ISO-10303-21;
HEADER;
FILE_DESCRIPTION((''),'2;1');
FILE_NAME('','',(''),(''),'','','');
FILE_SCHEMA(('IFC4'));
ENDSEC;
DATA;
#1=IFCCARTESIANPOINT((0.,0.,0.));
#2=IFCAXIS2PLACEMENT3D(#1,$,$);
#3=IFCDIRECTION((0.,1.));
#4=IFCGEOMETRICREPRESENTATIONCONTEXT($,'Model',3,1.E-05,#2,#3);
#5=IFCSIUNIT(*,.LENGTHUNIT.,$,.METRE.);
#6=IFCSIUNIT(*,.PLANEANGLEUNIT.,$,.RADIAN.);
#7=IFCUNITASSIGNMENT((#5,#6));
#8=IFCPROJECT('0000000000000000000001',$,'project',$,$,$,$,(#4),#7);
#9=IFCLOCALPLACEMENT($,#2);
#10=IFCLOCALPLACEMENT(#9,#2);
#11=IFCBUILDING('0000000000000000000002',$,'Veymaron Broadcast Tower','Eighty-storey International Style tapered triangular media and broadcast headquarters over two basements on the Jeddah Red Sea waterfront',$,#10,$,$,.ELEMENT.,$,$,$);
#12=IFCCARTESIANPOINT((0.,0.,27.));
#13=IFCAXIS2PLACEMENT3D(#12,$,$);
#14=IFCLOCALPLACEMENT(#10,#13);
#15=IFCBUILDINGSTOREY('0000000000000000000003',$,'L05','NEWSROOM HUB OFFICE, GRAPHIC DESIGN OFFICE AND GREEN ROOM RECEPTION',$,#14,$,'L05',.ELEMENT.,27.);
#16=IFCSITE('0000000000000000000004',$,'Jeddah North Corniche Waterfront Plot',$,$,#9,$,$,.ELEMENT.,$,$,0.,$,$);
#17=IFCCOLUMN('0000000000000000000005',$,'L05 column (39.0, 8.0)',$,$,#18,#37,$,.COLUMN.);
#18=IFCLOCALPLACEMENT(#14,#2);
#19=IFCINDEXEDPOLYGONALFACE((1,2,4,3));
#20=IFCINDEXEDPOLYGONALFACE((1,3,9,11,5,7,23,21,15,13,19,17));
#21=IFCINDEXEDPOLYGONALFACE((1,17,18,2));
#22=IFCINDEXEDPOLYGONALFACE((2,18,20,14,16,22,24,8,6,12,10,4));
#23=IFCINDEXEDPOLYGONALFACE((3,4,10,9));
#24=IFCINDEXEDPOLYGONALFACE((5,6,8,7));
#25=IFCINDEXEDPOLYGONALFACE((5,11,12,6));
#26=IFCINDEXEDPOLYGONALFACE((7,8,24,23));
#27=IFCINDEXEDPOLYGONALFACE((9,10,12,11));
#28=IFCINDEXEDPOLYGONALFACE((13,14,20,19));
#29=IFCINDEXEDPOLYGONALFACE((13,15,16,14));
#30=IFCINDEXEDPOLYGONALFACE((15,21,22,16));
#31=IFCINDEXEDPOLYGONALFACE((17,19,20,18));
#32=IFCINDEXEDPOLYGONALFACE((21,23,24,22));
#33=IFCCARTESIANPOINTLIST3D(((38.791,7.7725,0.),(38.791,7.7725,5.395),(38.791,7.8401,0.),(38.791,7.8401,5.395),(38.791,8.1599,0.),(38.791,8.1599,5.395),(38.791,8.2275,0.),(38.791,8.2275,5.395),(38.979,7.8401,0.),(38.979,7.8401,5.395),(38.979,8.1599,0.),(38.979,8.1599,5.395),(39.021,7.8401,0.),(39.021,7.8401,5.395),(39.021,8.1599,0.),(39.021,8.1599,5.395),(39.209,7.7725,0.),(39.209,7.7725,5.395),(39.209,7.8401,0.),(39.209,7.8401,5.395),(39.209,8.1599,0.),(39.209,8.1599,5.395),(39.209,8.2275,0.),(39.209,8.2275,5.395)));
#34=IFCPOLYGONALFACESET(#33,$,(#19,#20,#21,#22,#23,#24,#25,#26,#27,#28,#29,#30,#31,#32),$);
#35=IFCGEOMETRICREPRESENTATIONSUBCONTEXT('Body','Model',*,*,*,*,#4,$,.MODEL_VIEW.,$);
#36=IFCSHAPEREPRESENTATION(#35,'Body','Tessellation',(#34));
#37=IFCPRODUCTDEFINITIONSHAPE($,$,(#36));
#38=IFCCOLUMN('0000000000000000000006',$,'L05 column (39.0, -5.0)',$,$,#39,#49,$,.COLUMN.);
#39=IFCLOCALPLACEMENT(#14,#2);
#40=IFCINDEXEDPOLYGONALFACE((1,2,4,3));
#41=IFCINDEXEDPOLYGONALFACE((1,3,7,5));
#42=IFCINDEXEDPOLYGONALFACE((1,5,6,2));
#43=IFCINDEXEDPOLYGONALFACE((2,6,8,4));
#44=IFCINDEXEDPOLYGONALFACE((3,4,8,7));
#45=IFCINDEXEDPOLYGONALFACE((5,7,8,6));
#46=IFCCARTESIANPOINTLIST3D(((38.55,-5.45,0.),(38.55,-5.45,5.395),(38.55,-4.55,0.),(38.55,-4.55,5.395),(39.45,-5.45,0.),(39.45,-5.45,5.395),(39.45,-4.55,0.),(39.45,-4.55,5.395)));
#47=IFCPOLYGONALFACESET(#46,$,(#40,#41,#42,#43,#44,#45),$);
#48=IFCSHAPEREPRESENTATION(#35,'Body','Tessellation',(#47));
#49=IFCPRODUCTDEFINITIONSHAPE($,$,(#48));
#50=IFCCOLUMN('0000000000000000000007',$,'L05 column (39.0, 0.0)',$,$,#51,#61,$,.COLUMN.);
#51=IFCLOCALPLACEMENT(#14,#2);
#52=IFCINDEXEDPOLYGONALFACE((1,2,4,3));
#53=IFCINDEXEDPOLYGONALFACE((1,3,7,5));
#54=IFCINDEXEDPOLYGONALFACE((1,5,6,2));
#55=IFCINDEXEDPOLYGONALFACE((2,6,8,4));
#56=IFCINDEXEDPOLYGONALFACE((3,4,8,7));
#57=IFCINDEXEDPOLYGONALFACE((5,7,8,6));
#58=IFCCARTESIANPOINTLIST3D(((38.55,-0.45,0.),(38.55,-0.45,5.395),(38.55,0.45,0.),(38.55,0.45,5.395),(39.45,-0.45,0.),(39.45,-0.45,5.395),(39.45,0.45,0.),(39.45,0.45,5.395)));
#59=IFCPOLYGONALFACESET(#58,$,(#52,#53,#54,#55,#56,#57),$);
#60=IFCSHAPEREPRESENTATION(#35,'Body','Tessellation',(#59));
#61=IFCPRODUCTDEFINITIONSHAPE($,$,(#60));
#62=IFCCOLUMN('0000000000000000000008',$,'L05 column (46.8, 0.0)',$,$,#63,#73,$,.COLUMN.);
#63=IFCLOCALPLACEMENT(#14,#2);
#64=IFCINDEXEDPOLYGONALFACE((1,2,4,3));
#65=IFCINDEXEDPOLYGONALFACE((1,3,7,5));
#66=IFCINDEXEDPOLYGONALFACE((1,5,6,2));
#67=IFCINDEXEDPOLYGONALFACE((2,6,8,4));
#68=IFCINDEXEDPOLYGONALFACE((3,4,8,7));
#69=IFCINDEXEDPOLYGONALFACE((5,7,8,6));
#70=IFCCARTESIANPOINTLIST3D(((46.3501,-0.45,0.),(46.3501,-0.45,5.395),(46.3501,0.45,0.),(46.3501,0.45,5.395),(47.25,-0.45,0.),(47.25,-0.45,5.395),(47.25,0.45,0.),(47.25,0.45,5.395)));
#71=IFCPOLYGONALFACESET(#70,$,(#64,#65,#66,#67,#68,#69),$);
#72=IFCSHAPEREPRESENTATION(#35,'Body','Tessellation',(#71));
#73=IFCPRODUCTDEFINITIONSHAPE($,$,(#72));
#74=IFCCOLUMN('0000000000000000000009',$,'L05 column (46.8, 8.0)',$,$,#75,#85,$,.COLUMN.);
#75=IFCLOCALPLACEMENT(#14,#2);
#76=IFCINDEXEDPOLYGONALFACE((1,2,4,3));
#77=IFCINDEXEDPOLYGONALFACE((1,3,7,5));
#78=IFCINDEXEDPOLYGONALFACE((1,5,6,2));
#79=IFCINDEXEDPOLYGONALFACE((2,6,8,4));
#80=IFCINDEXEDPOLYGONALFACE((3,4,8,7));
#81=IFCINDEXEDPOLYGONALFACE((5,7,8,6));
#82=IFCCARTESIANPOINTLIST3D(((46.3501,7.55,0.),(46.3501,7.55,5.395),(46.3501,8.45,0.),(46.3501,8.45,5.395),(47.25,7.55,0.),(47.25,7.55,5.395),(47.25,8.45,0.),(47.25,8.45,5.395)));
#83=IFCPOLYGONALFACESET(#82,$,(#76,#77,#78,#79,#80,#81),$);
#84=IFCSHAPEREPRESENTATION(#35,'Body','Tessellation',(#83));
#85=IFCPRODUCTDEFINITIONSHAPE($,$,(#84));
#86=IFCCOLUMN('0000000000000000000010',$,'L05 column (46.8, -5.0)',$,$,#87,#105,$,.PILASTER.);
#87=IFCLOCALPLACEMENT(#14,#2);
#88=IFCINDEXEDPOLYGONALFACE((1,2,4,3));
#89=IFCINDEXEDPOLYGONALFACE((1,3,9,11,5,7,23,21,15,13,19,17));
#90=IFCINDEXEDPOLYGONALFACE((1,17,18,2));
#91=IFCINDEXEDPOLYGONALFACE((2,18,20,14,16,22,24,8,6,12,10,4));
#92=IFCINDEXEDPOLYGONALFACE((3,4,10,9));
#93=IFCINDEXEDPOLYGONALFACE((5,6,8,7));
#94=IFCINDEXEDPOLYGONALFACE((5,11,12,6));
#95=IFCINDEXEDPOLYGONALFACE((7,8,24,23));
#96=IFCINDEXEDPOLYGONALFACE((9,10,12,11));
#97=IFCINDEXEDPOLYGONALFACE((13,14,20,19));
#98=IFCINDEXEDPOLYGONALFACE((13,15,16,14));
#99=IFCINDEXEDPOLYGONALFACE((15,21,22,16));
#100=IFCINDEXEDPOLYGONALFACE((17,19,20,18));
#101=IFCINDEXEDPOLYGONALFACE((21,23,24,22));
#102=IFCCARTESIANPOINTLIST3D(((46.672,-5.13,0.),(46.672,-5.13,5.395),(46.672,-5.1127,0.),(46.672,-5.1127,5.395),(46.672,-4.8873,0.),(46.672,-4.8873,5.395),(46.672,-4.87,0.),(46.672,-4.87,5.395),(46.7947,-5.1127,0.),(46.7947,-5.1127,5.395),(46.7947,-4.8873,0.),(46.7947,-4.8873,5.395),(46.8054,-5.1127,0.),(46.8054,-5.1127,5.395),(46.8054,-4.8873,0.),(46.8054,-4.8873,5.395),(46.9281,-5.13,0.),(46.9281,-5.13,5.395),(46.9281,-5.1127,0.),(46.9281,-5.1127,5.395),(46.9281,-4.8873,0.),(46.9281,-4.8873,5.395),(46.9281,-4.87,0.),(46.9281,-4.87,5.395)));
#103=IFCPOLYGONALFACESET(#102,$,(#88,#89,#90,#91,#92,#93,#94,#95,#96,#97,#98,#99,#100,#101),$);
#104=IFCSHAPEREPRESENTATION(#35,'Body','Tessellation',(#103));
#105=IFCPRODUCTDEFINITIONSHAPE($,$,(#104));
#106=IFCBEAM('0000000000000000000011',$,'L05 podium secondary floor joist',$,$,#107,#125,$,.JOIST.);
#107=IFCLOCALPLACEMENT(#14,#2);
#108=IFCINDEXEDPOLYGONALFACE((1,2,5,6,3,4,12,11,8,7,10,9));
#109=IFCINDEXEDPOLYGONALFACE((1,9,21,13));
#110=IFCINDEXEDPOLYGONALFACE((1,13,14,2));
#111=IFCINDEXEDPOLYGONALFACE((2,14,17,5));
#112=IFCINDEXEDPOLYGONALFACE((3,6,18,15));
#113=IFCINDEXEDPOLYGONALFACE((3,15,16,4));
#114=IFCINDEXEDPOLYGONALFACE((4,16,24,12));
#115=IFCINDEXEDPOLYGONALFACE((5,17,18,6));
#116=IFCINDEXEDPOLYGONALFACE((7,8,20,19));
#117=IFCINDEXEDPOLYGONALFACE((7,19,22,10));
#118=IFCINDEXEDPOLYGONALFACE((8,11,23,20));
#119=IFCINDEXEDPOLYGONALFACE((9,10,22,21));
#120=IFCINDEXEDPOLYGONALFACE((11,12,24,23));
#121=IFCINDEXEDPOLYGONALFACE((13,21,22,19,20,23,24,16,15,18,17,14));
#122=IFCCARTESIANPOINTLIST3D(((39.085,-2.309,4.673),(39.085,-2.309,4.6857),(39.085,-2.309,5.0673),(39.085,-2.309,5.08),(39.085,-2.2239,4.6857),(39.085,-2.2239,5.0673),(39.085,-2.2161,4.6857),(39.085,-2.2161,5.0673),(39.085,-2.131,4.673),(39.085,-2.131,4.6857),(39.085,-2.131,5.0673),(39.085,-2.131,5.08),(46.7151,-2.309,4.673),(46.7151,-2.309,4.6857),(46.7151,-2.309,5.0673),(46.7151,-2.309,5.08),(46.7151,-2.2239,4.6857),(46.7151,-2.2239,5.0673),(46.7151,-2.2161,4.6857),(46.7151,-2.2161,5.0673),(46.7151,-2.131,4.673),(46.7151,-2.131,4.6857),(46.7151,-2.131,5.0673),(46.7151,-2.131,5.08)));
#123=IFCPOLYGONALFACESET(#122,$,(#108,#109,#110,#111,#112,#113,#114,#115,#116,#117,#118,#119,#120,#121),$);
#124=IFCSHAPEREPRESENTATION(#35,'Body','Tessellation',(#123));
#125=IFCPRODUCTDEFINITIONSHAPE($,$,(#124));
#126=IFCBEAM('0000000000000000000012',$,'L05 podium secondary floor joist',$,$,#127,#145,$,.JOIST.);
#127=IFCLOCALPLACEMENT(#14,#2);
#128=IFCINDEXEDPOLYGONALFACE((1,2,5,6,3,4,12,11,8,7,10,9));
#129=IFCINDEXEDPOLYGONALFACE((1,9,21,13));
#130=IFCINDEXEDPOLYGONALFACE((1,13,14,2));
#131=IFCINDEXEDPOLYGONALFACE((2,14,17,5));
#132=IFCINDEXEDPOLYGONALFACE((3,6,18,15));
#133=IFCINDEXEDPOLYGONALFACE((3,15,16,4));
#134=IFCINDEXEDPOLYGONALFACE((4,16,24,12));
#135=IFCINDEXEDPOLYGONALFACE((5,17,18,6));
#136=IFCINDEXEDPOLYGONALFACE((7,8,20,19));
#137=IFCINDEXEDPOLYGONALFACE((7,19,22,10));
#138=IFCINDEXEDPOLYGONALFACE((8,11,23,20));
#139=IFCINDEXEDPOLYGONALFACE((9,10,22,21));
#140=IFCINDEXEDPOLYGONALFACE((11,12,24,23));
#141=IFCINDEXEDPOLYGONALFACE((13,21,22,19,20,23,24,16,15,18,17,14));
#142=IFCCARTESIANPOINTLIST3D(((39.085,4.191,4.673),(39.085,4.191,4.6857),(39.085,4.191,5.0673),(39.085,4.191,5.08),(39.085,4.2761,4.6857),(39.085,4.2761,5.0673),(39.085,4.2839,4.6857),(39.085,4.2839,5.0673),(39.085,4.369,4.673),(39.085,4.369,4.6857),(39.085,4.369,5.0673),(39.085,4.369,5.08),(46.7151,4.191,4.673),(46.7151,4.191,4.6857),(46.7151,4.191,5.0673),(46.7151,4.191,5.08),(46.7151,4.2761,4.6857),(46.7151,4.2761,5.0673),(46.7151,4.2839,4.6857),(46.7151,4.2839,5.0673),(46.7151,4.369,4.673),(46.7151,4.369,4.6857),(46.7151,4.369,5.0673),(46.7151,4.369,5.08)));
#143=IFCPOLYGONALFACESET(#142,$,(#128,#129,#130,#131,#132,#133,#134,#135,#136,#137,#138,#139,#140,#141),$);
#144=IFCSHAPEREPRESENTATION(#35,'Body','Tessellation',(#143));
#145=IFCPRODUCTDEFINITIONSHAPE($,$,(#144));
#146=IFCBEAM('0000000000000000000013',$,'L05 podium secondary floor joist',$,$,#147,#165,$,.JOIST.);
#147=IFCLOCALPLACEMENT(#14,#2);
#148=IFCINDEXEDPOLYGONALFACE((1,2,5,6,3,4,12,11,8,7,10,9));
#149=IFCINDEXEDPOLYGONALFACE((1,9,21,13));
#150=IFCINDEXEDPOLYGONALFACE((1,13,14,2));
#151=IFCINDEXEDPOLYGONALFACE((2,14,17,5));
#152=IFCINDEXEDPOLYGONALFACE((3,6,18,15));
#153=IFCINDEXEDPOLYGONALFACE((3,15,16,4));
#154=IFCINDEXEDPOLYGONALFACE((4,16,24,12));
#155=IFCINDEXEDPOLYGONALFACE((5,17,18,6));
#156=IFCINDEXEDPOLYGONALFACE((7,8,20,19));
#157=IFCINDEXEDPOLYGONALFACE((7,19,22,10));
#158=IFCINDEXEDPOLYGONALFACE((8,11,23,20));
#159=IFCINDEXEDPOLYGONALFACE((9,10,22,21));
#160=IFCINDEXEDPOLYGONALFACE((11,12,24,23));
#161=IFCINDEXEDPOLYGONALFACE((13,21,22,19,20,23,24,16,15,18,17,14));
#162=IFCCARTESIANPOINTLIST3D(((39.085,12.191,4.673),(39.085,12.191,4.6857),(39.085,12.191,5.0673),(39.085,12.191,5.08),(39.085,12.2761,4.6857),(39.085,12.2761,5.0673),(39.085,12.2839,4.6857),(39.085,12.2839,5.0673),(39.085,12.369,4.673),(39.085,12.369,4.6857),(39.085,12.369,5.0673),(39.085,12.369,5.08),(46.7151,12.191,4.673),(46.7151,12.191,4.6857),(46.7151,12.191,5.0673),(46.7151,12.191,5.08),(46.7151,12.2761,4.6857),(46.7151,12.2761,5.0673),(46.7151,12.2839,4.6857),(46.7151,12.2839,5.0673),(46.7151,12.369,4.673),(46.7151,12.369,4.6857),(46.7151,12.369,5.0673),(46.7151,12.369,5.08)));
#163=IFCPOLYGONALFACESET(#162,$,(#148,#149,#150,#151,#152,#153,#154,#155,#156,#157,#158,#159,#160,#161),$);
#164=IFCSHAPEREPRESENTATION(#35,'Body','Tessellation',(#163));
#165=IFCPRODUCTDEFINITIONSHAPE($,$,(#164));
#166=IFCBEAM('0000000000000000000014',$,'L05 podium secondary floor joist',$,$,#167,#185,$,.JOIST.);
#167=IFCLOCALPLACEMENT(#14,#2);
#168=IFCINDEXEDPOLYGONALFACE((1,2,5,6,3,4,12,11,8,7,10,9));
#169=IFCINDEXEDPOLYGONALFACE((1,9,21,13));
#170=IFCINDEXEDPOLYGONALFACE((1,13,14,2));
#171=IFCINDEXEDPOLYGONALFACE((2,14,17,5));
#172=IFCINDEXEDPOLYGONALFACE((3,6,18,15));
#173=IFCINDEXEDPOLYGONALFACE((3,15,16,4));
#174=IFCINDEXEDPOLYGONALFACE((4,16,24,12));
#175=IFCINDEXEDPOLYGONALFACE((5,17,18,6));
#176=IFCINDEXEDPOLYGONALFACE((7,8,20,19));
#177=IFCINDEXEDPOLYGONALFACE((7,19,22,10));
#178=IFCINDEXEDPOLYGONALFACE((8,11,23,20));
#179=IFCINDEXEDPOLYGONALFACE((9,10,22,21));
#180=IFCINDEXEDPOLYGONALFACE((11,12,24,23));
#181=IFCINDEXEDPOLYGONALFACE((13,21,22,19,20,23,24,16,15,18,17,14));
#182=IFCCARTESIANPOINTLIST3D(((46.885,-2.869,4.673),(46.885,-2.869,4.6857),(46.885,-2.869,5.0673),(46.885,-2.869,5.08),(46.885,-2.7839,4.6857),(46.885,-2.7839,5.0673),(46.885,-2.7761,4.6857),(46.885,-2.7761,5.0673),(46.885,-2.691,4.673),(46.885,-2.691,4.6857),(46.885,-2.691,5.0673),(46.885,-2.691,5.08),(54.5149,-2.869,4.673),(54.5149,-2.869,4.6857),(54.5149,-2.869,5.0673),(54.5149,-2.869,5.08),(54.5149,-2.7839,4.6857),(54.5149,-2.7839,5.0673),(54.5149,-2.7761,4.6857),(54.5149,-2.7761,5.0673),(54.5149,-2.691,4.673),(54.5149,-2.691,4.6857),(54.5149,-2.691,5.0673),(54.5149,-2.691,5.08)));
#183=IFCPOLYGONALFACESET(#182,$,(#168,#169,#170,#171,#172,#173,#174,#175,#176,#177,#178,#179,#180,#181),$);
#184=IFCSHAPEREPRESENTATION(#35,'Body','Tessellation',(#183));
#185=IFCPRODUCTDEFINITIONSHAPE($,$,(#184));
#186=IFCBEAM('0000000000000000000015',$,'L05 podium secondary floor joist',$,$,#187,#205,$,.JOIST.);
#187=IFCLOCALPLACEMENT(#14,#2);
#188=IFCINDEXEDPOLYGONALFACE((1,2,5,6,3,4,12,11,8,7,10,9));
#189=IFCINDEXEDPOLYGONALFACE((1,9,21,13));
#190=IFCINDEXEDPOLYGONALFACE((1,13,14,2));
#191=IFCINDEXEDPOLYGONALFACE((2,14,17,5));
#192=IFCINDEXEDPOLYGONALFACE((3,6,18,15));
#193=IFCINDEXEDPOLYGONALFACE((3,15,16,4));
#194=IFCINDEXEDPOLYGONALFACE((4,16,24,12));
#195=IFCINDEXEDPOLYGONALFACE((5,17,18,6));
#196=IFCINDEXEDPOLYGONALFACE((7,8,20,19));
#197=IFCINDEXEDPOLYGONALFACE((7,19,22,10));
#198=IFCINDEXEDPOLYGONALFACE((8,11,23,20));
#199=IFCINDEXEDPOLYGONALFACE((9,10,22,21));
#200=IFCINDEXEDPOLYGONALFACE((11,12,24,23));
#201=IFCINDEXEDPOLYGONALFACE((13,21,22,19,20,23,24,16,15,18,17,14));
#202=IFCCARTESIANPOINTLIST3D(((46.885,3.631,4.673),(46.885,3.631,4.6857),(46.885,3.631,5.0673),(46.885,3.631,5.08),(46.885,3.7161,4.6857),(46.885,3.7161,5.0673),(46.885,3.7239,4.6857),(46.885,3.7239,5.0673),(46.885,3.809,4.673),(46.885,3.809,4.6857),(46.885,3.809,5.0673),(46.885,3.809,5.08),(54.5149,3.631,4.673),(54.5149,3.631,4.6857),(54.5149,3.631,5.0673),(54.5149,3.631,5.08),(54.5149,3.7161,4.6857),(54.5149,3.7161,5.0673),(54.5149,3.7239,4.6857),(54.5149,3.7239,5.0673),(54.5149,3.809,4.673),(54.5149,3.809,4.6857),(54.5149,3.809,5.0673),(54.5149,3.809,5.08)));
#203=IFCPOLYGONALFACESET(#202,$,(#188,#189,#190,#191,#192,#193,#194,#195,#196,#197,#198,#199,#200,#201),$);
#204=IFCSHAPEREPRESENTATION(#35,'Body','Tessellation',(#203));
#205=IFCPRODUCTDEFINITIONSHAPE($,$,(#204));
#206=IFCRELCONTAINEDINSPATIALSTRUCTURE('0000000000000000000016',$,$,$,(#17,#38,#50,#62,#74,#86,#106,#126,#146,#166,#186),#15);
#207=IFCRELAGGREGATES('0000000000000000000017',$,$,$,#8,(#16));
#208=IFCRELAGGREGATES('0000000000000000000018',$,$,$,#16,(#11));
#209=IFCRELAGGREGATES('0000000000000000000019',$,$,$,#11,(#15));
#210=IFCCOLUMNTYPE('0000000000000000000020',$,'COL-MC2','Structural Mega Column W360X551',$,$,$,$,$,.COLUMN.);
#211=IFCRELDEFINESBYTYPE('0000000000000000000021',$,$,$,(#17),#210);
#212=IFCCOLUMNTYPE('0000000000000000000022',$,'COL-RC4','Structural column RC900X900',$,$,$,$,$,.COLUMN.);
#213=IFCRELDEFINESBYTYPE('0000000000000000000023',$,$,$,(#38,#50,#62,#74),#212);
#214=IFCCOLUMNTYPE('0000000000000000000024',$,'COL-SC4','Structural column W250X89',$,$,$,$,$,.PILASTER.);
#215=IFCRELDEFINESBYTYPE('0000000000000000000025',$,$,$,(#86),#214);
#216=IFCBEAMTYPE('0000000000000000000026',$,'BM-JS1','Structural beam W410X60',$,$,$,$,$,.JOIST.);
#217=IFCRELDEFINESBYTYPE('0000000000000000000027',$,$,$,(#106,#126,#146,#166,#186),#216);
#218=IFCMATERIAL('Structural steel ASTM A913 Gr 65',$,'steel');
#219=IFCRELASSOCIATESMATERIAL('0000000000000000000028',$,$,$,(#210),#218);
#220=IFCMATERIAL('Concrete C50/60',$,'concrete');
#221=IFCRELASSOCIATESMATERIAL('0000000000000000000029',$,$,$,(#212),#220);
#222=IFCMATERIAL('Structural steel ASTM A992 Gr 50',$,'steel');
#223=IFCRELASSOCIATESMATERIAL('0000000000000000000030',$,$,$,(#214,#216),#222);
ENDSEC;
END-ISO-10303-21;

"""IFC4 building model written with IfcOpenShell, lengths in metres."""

from ifc_helpers import new_model, si_unit, direction, frame, origin, origin_2d, place, context, subcontext, project, spatial, rectangle, i_section, extrude, material, material_profile, profile_set, type_object, element, save


model = new_model("IFC4")

# Units and contexts
model_context = context("Model", 3, precision=1e-05, world=origin(), true_north=direction((0.0, 1.0)))
body_context = subcontext(model_context, "Body", "Model", "MODEL_VIEW")
ifc_project = project(units=[si_unit("LENGTHUNIT", "METRE"), si_unit("PLANEANGLEUNIT", "RADIAN")], contexts=[model_context])

# Site, building, storey
site_placement = place(None, origin())
site = spatial("IfcSite", under=ifc_project, at=site_placement, Name="Jeddah North Corniche Waterfront Plot", CompositionType="ELEMENT", RefElevation=0.0)
building_placement = place(site_placement, origin())
building = spatial("IfcBuilding", under=site, at=building_placement, Name="Veymaron Broadcast Tower", Description="Eighty-storey International Style tapered triangular media and broadcast headquarters over two basements on the Jeddah Red Sea waterfront", CompositionType="ELEMENT")
storey_placement = place(building_placement, frame((0.0, 0.0, 27.0)))
storey = spatial("IfcBuildingStorey", under=building, at=storey_placement, Name="L05", Description="NEWSROOM HUB OFFICE, GRAPHIC DESIGN OFFICE AND GREEN ROOM RECEPTION", LongName="L05", CompositionType="ELEMENT", Elevation=27.0)

# Columns
ifc_material_1 = material(Name="Structural steel ASTM A913 Gr 65", Category="steel")
ifc_material_profile_1 = material_profile(ifc_material_1, i_section(OverallWidth=0.418, OverallDepth=0.4551, WebThickness=0.042, FlangeThickness=0.0676, at=origin_2d()), Name="W360X551")
ifc_profile_set_1 = profile_set([ifc_material_profile_1], Name="Structural steel ASTM A913 Gr 65")
column_type_1 = type_object("IfcColumnType", Name="COL-MC2", Description="Structural Mega Column W360X551", PredefinedType="COLUMN", material=ifc_profile_set_1)
column_1_placement = place(storey_placement, frame((39.0, 8.0, 0.0), z_axis=(0.0, 0.0, 1.0), x_axis=(1.0, 0.0, 0.0)))
element("IfcColumn", 1, at=column_1_placement, inside=storey, type_object=column_type_1, Name="L05 column (39.0, 8.0)", PredefinedType="COLUMN", context=body_context, shape_type="SweptSolid", body=[
    extrude(i_section(OverallWidth=0.418, OverallDepth=0.4551, WebThickness=0.042, FlangeThickness=0.0676, at=origin_2d()), origin(), (0.0, 0.0, 1.0), 5.395),
])
ifc_material_2 = material(Name="Concrete C50/60", Category="concrete")
ifc_material_profile_2 = material_profile(ifc_material_2, rectangle(XDim=0.8999, YDim=0.8999, at=origin_2d()), Name="RC900X900")
ifc_profile_set_2 = profile_set([ifc_material_profile_2], Name="Concrete C50/60")
column_type_2 = type_object("IfcColumnType", Name="COL-RC4", Description="Structural column RC900X900", PredefinedType="COLUMN", material=ifc_profile_set_2)
for number, where, z_axis, x_axis, name in (
    (2, (39.0, -5.0, 0.0), (0.0, 0.0, 1.0), (1.0, 0.0, 0.0), "L05 column (39.0, -5.0)"),
    (3, (39.0, 0.0, 0.0), (0.0, 0.0, 1.0), (1.0, 0.0, 0.0), "L05 column (39.0, 0.0)"),
    (4, (46.8, 0.0, 0.0), (0.0, 0.0, 1.0), (1.0, 0.0, 0.0), "L05 column (46.8, 0.0)"),
    (5, (46.8, 8.0, 0.0), (0.0, 0.0, 1.0), (1.0, 0.0, 0.0), "L05 column (46.8, 8.0)"),
):
    element("IfcColumn", number, at=place(storey_placement, frame(where, z_axis=z_axis, x_axis=x_axis)), inside=storey, type_object=column_type_2, Name=name, PredefinedType="COLUMN", context=body_context, shape_type="SweptSolid", body=[
        extrude(rectangle(XDim=0.8999, YDim=0.8999, at=origin_2d()), origin(), (0.0, 0.0, 1.0), 5.395),
    ])
ifc_material_3 = material(Name="Structural steel ASTM A992 Gr 50", Category="steel")
ifc_material_profile_3 = material_profile(ifc_material_3, i_section(OverallWidth=0.2561, OverallDepth=0.26, WebThickness=0.0107, FlangeThickness=0.0173, at=origin_2d()), Name="W250X89")
ifc_profile_set_3 = profile_set([ifc_material_profile_3], Name="Structural steel ASTM A992 Gr 50")
column_type_3 = type_object("IfcColumnType", Name="COL-SC4", Description="Structural column W250X89", PredefinedType="PILASTER", material=ifc_profile_set_3)
column_2_placement = place(storey_placement, frame((46.8, -5.0, 0.0), z_axis=(0.0, 0.0, 1.0), x_axis=(1.0, 0.0, 0.0)))
element("IfcColumn", 6, at=column_2_placement, inside=storey, type_object=column_type_3, Name="L05 column (46.8, -5.0)", PredefinedType="PILASTER", context=body_context, shape_type="SweptSolid", body=[
    extrude(i_section(OverallWidth=0.2561, OverallDepth=0.26, WebThickness=0.0107, FlangeThickness=0.0173, at=origin_2d()), origin(), (0.0, 0.0, 1.0), 5.395),
])

# Beams
ifc_material_profile_4 = material_profile(ifc_material_3, i_section(OverallWidth=0.178, OverallDepth=0.407, WebThickness=0.0078, FlangeThickness=0.0127, at=origin_2d()), Name="W410X60")
ifc_profile_set_4 = profile_set([ifc_material_profile_4], Name="Structural steel ASTM A992 Gr 50")
beam_type_1 = type_object("IfcBeamType", Name="BM-JS1", Description="Structural beam W410X60", PredefinedType="JOIST", material=ifc_profile_set_4)
for number, where, z_axis, x_axis, name in (
    (7, (39.085, -2.22, 4.8765), (1.0, 0.0, 0.0), (0.0, 1.0, 0.0), "L05 podium secondary floor joist"),
    (8, (39.085, 4.28, 4.8765), (1.0, 0.0, 0.0), (0.0, 1.0, 0.0), "L05 podium secondary floor joist"),
    (9, (39.085, 12.28, 4.8765), (1.0, 0.0, 0.0), (0.0, 1.0, 0.0), "L05 podium secondary floor joist"),
):
    element("IfcBeam", number, at=place(storey_placement, frame(where, z_axis=z_axis, x_axis=x_axis)), inside=storey, type_object=beam_type_1, Name=name, PredefinedType="JOIST", context=body_context, shape_type="SweptSolid", body=[
        extrude(i_section(OverallWidth=0.178, OverallDepth=0.407, WebThickness=0.0078, FlangeThickness=0.0127, at=origin_2d()), origin(), (0.0, 0.0, 1.0), 7.6301),
    ])
for number, where, z_axis, x_axis, name in (
    (10, (46.885, -2.78, 4.8765), (1.0, 0.0, 0.0), (0.0, 1.0, 0.0), "L05 podium secondary floor joist"),
    (11, (46.885, 3.72, 4.8765), (1.0, 0.0, 0.0), (0.0, 1.0, 0.0), "L05 podium secondary floor joist"),
):
    element("IfcBeam", number, at=place(storey_placement, frame(where, z_axis=z_axis, x_axis=x_axis)), inside=storey, type_object=beam_type_1, Name=name, PredefinedType="JOIST", context=body_context, shape_type="SweptSolid", body=[
        extrude(i_section(OverallWidth=0.178, OverallDepth=0.407, WebThickness=0.0078, FlangeThickness=0.0127, at=origin_2d()), origin(), (0.0, 0.0, 1.0), 7.6299),
    ])

save(model, "model.ifc")
